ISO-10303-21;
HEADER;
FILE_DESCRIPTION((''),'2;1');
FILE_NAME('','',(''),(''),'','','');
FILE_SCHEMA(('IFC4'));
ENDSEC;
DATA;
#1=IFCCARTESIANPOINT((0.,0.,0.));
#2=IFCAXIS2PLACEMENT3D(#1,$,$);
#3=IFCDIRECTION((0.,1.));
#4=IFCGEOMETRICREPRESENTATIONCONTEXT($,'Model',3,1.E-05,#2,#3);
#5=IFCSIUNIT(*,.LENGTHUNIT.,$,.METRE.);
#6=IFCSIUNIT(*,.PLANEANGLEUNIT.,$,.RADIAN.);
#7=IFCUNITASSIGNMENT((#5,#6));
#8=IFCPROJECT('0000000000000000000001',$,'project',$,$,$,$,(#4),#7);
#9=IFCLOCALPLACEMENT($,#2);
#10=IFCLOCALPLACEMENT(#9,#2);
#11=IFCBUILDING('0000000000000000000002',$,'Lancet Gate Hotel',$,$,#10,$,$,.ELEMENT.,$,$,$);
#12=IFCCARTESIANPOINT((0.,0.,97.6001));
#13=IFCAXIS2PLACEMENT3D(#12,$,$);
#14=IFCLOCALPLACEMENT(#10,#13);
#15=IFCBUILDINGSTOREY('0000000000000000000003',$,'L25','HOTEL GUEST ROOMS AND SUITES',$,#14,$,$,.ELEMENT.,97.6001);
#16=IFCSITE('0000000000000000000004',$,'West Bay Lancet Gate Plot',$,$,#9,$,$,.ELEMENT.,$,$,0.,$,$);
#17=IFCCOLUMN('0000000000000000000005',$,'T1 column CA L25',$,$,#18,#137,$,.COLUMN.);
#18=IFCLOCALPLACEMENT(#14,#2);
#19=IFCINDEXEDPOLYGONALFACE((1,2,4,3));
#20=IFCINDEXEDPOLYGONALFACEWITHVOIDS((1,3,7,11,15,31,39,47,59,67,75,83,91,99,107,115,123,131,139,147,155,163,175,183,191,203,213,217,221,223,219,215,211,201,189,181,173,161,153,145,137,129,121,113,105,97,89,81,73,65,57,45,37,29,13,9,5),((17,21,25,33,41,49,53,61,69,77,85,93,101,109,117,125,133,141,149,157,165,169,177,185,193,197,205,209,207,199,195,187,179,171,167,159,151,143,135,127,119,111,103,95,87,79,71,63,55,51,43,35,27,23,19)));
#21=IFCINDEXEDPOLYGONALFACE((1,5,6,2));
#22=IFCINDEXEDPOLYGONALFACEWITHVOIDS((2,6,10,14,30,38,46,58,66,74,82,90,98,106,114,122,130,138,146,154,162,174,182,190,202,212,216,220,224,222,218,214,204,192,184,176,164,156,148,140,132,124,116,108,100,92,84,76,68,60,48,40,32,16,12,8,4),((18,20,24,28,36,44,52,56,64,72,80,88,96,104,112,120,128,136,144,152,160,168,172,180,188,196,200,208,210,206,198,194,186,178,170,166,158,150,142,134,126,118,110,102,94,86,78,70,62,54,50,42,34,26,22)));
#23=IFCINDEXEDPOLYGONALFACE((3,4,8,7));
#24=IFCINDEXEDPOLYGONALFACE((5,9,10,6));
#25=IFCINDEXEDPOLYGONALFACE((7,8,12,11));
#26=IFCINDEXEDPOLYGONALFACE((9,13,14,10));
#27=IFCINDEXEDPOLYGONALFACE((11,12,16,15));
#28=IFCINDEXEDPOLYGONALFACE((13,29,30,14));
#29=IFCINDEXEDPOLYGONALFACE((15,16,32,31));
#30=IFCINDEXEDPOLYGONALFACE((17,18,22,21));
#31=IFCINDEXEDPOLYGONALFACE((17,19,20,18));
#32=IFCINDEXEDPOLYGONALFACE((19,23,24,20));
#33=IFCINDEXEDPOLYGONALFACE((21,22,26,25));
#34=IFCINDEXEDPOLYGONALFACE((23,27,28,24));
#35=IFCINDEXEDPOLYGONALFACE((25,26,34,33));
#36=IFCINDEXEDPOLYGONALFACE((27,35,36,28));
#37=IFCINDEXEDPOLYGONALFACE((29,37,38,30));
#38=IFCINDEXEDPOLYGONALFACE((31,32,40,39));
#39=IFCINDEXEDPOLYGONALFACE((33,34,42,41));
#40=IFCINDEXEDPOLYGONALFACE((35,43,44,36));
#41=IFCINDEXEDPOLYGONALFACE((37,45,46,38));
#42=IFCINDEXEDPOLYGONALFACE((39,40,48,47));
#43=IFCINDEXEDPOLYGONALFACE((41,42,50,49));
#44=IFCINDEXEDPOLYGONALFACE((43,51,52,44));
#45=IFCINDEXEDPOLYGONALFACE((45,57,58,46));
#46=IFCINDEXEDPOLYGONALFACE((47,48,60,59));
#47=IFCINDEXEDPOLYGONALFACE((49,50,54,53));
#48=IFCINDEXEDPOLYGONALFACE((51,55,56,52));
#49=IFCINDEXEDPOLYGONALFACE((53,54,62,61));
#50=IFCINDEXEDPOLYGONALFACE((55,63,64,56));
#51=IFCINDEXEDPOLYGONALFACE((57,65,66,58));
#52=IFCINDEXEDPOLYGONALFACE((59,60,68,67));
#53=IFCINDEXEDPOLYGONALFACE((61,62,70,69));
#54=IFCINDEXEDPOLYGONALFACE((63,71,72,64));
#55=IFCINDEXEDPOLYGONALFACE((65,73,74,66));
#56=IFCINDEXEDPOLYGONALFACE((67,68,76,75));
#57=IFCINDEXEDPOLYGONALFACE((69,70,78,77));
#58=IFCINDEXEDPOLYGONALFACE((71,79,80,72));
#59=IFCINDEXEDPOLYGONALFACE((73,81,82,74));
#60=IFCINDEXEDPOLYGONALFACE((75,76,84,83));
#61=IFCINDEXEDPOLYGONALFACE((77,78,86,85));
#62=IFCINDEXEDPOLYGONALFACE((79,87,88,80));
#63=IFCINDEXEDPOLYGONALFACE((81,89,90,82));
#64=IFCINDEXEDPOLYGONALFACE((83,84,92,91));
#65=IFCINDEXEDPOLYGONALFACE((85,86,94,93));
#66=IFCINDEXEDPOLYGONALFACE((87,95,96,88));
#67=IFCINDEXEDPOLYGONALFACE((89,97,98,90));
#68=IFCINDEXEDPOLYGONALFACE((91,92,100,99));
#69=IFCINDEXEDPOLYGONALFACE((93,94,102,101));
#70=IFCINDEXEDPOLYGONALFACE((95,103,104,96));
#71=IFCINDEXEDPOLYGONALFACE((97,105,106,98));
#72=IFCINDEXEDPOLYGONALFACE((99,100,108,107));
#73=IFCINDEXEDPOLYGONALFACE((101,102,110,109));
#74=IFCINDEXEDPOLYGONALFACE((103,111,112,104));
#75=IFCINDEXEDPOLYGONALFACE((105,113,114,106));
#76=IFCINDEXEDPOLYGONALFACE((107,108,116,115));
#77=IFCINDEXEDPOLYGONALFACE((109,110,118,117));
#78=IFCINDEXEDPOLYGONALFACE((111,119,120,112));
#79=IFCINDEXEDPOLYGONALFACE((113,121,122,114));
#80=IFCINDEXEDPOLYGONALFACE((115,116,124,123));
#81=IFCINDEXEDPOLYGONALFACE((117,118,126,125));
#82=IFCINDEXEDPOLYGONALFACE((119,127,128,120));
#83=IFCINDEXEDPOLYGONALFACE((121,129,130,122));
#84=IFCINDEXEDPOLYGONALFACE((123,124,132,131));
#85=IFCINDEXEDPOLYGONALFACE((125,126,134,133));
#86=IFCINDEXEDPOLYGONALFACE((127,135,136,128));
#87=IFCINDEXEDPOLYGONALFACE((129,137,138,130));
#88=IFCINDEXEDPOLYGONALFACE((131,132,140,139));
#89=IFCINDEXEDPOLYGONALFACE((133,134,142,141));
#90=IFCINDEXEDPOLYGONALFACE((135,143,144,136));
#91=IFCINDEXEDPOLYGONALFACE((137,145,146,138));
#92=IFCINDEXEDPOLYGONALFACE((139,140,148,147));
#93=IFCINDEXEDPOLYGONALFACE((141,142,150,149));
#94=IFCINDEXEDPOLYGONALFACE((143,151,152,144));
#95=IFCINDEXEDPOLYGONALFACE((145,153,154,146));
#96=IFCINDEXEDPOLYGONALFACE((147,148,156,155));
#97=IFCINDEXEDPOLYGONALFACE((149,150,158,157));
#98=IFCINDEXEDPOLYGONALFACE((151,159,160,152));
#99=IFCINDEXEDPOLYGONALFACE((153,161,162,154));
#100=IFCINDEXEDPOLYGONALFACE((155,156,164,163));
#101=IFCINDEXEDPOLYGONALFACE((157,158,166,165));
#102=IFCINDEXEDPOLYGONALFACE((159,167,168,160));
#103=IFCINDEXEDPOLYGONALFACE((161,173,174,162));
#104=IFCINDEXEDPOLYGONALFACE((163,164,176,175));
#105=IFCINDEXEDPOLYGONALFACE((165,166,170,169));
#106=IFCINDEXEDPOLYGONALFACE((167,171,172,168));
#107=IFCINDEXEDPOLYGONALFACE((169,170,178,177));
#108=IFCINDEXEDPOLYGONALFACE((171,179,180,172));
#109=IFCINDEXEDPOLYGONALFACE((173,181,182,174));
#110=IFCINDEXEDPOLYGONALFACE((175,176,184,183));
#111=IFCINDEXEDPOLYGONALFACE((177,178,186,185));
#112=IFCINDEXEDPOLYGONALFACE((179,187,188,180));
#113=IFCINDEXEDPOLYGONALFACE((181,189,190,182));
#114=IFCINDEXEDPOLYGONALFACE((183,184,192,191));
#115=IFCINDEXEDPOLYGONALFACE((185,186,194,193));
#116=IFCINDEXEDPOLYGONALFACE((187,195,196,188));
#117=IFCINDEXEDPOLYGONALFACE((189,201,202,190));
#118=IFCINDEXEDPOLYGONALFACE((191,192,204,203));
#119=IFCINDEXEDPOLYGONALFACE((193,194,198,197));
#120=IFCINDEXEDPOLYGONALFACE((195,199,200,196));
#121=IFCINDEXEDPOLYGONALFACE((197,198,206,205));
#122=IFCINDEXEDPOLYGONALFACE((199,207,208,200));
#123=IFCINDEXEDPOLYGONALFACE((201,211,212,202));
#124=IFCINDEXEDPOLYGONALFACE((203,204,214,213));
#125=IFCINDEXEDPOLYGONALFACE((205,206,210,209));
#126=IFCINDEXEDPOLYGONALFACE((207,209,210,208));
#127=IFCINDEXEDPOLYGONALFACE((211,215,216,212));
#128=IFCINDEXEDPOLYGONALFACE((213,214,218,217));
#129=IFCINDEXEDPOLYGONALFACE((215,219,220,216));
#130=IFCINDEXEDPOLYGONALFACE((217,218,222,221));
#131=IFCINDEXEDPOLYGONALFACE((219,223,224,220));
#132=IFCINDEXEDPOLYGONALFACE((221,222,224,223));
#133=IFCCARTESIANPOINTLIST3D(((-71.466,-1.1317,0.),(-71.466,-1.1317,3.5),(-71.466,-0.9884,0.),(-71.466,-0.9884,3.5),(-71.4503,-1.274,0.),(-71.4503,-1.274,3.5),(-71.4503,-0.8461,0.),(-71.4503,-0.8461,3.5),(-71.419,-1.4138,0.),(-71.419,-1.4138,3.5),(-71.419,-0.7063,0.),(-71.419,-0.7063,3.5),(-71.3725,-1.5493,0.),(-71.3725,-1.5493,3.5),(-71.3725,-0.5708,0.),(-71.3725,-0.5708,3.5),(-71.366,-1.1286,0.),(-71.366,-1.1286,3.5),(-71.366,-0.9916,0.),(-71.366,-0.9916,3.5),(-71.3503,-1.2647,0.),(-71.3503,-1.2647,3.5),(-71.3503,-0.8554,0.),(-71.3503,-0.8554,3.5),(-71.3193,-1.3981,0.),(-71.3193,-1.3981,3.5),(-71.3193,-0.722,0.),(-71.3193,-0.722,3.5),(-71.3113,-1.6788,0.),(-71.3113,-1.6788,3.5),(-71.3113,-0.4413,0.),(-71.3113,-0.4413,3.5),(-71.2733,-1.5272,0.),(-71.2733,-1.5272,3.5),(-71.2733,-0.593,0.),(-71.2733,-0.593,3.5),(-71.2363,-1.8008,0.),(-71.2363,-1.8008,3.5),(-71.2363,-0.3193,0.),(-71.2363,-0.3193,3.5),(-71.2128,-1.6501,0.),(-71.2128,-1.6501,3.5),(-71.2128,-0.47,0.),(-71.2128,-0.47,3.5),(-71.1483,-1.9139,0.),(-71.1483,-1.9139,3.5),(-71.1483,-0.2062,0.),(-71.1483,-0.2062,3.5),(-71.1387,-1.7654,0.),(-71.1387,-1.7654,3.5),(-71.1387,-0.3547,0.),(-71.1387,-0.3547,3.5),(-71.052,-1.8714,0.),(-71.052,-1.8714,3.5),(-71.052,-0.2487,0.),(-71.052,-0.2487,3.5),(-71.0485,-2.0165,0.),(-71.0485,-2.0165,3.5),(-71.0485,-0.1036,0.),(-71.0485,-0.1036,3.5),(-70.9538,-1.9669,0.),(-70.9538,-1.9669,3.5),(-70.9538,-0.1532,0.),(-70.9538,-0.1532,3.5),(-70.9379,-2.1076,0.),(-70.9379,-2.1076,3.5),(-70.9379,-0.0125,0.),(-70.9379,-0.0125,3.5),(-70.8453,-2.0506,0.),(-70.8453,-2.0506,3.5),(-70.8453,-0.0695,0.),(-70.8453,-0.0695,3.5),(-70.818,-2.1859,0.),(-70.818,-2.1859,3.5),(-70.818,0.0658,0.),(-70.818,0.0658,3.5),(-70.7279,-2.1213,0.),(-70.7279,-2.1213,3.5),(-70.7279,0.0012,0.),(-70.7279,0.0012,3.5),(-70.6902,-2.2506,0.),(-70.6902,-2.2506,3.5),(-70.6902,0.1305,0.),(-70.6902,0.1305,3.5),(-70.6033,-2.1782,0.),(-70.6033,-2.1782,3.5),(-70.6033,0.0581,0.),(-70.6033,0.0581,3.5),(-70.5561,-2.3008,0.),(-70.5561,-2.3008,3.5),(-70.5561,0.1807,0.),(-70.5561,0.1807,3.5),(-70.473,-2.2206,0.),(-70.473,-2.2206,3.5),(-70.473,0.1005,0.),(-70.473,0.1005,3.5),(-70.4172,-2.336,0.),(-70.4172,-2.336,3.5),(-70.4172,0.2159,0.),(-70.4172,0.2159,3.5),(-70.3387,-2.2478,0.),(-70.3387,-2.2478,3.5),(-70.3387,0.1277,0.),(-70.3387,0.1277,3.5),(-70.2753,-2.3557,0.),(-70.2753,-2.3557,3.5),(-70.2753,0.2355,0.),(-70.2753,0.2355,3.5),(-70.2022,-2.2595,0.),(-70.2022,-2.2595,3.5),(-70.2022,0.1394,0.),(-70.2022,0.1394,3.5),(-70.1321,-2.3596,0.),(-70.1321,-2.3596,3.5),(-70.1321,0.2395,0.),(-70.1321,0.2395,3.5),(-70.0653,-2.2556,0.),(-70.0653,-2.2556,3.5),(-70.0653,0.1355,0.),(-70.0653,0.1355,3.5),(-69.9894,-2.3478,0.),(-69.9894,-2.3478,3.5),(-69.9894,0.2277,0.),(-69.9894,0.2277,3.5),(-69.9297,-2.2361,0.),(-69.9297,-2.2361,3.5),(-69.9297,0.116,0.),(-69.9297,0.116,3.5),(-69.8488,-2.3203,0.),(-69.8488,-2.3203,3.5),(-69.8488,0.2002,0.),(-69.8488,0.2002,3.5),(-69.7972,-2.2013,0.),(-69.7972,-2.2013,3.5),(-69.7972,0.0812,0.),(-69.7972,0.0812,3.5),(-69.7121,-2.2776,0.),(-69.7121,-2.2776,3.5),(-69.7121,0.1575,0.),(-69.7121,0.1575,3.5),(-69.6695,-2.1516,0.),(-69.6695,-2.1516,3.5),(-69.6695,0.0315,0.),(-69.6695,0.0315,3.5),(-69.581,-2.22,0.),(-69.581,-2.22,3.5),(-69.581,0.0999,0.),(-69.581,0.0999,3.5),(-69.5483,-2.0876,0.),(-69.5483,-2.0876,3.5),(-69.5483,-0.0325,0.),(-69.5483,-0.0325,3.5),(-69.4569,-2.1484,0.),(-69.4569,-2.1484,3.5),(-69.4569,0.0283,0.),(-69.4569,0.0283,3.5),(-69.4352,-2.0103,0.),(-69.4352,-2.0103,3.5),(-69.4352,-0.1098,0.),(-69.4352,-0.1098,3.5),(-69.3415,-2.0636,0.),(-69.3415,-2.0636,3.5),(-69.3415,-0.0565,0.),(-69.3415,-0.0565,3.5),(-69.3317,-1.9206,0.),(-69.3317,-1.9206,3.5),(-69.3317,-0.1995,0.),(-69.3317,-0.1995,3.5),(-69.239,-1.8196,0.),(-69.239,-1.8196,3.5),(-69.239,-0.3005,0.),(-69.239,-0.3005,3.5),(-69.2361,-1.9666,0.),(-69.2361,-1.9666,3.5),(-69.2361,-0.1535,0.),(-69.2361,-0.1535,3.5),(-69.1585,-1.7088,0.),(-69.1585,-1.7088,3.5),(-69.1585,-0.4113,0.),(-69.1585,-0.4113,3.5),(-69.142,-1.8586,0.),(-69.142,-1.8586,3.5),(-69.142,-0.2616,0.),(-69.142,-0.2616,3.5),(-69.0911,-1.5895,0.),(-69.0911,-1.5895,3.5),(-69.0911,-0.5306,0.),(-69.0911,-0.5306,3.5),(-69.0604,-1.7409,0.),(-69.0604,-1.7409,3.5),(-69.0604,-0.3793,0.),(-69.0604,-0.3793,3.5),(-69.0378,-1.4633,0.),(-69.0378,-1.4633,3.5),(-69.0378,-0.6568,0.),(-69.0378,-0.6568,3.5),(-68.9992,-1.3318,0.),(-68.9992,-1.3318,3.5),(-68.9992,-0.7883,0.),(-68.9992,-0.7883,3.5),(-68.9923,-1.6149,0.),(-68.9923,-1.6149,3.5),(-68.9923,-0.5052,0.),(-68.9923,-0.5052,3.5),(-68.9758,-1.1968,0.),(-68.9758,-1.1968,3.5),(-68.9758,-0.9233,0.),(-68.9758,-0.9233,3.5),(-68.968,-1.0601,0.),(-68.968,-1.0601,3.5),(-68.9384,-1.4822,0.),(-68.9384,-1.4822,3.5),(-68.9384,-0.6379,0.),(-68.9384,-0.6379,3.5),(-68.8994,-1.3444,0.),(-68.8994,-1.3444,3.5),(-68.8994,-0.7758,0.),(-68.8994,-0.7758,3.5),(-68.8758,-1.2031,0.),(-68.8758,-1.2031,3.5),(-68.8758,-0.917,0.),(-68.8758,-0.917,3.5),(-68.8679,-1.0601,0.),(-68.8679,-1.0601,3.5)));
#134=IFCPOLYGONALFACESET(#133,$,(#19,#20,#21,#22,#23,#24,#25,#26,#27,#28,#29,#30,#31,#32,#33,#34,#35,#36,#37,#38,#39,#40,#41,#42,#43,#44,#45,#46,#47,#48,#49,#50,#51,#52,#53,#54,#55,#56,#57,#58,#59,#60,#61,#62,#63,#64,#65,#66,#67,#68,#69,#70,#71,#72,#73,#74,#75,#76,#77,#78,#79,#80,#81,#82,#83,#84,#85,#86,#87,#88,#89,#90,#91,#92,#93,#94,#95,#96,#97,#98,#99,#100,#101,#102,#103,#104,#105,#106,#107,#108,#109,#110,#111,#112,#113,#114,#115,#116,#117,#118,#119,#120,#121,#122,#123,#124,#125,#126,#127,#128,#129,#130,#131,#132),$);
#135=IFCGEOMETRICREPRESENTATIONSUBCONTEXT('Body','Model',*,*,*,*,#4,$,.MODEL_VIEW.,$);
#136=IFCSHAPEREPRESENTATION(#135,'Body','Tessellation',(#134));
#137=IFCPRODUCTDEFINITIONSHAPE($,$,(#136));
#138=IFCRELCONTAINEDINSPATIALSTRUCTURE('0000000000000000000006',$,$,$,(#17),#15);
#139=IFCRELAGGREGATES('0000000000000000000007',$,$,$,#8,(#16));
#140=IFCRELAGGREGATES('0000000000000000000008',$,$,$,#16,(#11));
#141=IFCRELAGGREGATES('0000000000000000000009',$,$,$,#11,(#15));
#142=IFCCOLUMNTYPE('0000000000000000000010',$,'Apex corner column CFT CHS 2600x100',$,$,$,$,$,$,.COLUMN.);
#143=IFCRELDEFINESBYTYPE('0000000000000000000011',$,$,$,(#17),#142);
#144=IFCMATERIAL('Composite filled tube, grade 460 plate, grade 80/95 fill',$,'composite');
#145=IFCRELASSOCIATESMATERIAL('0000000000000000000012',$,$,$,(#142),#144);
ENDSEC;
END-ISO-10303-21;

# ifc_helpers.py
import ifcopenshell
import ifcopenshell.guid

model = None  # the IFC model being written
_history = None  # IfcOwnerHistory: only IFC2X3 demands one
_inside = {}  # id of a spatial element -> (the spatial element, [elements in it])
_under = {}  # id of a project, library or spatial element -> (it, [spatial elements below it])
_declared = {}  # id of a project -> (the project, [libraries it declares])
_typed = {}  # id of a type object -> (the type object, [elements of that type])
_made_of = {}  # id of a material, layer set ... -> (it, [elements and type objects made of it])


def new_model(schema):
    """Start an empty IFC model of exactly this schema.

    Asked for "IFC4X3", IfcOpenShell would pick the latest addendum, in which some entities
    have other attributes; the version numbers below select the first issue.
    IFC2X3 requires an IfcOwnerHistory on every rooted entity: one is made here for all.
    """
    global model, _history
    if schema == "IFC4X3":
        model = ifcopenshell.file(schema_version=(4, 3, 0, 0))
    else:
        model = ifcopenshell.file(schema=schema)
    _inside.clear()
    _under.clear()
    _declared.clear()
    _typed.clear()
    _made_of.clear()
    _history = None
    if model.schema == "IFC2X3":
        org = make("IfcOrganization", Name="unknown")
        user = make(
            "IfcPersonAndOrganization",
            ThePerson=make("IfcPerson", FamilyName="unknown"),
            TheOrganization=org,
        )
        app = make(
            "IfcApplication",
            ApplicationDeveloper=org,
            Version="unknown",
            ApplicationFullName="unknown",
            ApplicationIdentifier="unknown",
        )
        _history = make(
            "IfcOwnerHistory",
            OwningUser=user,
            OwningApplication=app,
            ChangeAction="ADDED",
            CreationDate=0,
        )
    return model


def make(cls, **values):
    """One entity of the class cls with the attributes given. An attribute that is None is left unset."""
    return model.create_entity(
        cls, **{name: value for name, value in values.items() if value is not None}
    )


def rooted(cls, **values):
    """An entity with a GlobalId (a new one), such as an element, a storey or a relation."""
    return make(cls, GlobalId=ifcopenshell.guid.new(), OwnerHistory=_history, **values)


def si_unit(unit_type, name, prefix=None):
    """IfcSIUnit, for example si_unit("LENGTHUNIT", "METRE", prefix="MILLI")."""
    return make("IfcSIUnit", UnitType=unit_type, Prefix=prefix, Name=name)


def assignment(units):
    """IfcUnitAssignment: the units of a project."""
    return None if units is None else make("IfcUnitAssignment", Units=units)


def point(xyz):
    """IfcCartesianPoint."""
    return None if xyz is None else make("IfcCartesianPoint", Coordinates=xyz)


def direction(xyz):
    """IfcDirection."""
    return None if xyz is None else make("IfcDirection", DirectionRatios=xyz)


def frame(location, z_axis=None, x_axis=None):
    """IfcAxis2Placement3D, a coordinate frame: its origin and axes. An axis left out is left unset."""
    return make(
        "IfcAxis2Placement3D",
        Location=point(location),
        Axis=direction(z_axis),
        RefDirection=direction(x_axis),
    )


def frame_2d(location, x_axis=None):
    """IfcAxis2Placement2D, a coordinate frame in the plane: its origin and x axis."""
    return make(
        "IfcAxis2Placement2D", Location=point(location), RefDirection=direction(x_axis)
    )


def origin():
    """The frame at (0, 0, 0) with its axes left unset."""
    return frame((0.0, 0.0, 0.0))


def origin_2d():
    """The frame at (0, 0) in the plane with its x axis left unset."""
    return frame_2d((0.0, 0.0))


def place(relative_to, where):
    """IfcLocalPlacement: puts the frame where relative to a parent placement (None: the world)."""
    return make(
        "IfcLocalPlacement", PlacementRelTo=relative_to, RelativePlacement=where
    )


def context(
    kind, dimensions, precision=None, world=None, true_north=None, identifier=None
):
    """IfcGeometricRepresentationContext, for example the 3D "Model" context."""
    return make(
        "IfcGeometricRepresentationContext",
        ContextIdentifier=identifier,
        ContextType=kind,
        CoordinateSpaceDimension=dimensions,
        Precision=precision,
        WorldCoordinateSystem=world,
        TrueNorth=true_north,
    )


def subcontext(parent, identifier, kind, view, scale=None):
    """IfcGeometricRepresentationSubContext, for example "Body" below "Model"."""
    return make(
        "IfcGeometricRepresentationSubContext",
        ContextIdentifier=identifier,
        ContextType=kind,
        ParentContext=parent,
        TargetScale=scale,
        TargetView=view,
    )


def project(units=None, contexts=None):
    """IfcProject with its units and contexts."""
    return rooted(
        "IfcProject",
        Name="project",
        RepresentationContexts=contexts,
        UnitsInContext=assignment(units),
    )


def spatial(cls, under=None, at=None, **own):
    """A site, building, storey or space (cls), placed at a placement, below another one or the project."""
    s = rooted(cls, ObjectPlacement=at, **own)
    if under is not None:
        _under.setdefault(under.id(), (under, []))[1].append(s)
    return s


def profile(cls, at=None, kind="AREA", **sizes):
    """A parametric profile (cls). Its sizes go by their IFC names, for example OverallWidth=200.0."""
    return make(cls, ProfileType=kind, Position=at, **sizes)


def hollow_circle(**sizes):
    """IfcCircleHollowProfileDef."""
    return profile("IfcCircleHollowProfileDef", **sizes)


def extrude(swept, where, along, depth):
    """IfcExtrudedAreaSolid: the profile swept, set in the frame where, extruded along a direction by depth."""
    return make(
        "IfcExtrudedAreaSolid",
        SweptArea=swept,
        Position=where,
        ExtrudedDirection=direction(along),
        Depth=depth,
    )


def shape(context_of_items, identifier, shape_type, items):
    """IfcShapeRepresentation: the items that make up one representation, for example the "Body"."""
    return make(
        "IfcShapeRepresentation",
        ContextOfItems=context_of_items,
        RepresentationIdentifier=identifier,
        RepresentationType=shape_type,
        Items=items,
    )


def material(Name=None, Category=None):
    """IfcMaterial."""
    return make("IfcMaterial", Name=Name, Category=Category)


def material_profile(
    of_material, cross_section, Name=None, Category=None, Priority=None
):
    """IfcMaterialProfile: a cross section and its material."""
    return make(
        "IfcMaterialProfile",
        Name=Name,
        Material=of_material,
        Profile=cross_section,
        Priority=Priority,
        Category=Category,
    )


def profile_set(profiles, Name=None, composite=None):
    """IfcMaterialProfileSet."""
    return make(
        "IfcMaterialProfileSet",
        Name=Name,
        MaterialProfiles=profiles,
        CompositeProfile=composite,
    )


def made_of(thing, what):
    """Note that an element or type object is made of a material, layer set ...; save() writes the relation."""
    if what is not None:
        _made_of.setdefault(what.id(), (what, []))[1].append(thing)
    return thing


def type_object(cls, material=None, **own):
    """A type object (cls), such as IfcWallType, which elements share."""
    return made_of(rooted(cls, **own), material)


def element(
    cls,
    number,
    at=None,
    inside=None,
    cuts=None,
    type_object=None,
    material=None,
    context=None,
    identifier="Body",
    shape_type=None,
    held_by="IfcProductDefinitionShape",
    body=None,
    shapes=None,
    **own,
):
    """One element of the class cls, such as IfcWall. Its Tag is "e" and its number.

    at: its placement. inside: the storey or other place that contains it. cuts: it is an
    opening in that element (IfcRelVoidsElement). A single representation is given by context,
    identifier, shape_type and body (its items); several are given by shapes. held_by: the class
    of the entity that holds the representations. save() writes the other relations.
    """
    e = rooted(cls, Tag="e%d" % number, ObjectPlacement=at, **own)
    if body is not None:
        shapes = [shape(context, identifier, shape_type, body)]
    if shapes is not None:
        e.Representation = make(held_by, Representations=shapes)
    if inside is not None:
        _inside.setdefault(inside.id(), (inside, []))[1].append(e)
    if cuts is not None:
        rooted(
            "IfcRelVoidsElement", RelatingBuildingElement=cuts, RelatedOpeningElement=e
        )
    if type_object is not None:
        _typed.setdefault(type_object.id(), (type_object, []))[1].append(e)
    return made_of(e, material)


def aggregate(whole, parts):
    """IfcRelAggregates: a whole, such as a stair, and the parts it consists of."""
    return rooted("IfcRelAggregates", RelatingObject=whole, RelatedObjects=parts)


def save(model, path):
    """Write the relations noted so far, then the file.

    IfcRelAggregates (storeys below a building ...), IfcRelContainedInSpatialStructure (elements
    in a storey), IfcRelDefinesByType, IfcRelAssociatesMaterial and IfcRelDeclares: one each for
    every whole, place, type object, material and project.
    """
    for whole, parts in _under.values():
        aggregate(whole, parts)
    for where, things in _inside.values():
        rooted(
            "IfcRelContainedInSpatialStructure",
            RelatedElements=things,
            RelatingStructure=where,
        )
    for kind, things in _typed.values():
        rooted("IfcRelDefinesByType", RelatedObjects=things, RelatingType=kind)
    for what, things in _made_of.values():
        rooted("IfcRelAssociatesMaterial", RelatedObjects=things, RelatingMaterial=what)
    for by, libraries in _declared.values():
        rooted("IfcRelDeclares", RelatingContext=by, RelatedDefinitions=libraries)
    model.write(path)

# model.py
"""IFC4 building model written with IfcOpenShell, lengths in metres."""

from ifc_helpers import new_model, si_unit, direction, frame, origin, origin_2d, place, context, subcontext, project, spatial, hollow_circle, extrude, material, material_profile, profile_set, type_object, element, save


model = new_model("IFC4")

# Units and contexts
model_context = context("Model", 3, precision=1e-05, world=origin(), true_north=direction((0.0, 1.0)))
body_context = subcontext(model_context, "Body", "Model", "MODEL_VIEW")
ifc_project = project(units=[si_unit("LENGTHUNIT", "METRE"), si_unit("PLANEANGLEUNIT", "RADIAN")], contexts=[model_context])

# Site, building, storey
site_placement = place(None, origin())
site = spatial("IfcSite", under=ifc_project, at=site_placement, Name="West Bay Lancet Gate Plot", CompositionType="ELEMENT", RefElevation=0.0)
building_placement = place(site_placement, origin())
building = spatial("IfcBuilding", under=site, at=building_placement, Name="Lancet Gate Hotel", CompositionType="ELEMENT")
storey_placement = place(building_placement, frame((0.0, 0.0, 97.6001)))
storey = spatial("IfcBuildingStorey", under=building, at=storey_placement, Name="L25", Description="HOTEL GUEST ROOMS AND SUITES", CompositionType="ELEMENT", Elevation=97.6001)

# Column
ifc_material_1 = material(Name="Composite filled tube, grade 460 plate, grade 80/95 fill", Category="composite")
ifc_material_profile_1 = material_profile(ifc_material_1, hollow_circle(Radius=1.3, WallThickness=0.1001, at=origin_2d()), Name="CHS 2600x100")
ifc_profile_set_1 = profile_set([ifc_material_profile_1], Name="Composite filled tube, grade 460 plate, grade 80/95 fill")
column_type_1 = type_object("IfcColumnType", Name="Apex corner column CFT CHS 2600x100", PredefinedType="COLUMN", material=ifc_profile_set_1)
column_1_placement = place(storey_placement, frame((-70.168, -1.0601, 0.0), z_axis=(0.0, 0.0, 1.0), x_axis=(1.0, 0.0, 0.0)))
element("IfcColumn", 1, at=column_1_placement, inside=storey, type_object=column_type_1, Name="T1 column CA L25", PredefinedType="COLUMN", context=body_context, shape_type="SweptSolid", body=[
    extrude(hollow_circle(Radius=1.3, WallThickness=0.1001, at=origin_2d()), origin(), (0.0, 0.0, 1.0), 3.5),
])

save(model, "model.ifc")
